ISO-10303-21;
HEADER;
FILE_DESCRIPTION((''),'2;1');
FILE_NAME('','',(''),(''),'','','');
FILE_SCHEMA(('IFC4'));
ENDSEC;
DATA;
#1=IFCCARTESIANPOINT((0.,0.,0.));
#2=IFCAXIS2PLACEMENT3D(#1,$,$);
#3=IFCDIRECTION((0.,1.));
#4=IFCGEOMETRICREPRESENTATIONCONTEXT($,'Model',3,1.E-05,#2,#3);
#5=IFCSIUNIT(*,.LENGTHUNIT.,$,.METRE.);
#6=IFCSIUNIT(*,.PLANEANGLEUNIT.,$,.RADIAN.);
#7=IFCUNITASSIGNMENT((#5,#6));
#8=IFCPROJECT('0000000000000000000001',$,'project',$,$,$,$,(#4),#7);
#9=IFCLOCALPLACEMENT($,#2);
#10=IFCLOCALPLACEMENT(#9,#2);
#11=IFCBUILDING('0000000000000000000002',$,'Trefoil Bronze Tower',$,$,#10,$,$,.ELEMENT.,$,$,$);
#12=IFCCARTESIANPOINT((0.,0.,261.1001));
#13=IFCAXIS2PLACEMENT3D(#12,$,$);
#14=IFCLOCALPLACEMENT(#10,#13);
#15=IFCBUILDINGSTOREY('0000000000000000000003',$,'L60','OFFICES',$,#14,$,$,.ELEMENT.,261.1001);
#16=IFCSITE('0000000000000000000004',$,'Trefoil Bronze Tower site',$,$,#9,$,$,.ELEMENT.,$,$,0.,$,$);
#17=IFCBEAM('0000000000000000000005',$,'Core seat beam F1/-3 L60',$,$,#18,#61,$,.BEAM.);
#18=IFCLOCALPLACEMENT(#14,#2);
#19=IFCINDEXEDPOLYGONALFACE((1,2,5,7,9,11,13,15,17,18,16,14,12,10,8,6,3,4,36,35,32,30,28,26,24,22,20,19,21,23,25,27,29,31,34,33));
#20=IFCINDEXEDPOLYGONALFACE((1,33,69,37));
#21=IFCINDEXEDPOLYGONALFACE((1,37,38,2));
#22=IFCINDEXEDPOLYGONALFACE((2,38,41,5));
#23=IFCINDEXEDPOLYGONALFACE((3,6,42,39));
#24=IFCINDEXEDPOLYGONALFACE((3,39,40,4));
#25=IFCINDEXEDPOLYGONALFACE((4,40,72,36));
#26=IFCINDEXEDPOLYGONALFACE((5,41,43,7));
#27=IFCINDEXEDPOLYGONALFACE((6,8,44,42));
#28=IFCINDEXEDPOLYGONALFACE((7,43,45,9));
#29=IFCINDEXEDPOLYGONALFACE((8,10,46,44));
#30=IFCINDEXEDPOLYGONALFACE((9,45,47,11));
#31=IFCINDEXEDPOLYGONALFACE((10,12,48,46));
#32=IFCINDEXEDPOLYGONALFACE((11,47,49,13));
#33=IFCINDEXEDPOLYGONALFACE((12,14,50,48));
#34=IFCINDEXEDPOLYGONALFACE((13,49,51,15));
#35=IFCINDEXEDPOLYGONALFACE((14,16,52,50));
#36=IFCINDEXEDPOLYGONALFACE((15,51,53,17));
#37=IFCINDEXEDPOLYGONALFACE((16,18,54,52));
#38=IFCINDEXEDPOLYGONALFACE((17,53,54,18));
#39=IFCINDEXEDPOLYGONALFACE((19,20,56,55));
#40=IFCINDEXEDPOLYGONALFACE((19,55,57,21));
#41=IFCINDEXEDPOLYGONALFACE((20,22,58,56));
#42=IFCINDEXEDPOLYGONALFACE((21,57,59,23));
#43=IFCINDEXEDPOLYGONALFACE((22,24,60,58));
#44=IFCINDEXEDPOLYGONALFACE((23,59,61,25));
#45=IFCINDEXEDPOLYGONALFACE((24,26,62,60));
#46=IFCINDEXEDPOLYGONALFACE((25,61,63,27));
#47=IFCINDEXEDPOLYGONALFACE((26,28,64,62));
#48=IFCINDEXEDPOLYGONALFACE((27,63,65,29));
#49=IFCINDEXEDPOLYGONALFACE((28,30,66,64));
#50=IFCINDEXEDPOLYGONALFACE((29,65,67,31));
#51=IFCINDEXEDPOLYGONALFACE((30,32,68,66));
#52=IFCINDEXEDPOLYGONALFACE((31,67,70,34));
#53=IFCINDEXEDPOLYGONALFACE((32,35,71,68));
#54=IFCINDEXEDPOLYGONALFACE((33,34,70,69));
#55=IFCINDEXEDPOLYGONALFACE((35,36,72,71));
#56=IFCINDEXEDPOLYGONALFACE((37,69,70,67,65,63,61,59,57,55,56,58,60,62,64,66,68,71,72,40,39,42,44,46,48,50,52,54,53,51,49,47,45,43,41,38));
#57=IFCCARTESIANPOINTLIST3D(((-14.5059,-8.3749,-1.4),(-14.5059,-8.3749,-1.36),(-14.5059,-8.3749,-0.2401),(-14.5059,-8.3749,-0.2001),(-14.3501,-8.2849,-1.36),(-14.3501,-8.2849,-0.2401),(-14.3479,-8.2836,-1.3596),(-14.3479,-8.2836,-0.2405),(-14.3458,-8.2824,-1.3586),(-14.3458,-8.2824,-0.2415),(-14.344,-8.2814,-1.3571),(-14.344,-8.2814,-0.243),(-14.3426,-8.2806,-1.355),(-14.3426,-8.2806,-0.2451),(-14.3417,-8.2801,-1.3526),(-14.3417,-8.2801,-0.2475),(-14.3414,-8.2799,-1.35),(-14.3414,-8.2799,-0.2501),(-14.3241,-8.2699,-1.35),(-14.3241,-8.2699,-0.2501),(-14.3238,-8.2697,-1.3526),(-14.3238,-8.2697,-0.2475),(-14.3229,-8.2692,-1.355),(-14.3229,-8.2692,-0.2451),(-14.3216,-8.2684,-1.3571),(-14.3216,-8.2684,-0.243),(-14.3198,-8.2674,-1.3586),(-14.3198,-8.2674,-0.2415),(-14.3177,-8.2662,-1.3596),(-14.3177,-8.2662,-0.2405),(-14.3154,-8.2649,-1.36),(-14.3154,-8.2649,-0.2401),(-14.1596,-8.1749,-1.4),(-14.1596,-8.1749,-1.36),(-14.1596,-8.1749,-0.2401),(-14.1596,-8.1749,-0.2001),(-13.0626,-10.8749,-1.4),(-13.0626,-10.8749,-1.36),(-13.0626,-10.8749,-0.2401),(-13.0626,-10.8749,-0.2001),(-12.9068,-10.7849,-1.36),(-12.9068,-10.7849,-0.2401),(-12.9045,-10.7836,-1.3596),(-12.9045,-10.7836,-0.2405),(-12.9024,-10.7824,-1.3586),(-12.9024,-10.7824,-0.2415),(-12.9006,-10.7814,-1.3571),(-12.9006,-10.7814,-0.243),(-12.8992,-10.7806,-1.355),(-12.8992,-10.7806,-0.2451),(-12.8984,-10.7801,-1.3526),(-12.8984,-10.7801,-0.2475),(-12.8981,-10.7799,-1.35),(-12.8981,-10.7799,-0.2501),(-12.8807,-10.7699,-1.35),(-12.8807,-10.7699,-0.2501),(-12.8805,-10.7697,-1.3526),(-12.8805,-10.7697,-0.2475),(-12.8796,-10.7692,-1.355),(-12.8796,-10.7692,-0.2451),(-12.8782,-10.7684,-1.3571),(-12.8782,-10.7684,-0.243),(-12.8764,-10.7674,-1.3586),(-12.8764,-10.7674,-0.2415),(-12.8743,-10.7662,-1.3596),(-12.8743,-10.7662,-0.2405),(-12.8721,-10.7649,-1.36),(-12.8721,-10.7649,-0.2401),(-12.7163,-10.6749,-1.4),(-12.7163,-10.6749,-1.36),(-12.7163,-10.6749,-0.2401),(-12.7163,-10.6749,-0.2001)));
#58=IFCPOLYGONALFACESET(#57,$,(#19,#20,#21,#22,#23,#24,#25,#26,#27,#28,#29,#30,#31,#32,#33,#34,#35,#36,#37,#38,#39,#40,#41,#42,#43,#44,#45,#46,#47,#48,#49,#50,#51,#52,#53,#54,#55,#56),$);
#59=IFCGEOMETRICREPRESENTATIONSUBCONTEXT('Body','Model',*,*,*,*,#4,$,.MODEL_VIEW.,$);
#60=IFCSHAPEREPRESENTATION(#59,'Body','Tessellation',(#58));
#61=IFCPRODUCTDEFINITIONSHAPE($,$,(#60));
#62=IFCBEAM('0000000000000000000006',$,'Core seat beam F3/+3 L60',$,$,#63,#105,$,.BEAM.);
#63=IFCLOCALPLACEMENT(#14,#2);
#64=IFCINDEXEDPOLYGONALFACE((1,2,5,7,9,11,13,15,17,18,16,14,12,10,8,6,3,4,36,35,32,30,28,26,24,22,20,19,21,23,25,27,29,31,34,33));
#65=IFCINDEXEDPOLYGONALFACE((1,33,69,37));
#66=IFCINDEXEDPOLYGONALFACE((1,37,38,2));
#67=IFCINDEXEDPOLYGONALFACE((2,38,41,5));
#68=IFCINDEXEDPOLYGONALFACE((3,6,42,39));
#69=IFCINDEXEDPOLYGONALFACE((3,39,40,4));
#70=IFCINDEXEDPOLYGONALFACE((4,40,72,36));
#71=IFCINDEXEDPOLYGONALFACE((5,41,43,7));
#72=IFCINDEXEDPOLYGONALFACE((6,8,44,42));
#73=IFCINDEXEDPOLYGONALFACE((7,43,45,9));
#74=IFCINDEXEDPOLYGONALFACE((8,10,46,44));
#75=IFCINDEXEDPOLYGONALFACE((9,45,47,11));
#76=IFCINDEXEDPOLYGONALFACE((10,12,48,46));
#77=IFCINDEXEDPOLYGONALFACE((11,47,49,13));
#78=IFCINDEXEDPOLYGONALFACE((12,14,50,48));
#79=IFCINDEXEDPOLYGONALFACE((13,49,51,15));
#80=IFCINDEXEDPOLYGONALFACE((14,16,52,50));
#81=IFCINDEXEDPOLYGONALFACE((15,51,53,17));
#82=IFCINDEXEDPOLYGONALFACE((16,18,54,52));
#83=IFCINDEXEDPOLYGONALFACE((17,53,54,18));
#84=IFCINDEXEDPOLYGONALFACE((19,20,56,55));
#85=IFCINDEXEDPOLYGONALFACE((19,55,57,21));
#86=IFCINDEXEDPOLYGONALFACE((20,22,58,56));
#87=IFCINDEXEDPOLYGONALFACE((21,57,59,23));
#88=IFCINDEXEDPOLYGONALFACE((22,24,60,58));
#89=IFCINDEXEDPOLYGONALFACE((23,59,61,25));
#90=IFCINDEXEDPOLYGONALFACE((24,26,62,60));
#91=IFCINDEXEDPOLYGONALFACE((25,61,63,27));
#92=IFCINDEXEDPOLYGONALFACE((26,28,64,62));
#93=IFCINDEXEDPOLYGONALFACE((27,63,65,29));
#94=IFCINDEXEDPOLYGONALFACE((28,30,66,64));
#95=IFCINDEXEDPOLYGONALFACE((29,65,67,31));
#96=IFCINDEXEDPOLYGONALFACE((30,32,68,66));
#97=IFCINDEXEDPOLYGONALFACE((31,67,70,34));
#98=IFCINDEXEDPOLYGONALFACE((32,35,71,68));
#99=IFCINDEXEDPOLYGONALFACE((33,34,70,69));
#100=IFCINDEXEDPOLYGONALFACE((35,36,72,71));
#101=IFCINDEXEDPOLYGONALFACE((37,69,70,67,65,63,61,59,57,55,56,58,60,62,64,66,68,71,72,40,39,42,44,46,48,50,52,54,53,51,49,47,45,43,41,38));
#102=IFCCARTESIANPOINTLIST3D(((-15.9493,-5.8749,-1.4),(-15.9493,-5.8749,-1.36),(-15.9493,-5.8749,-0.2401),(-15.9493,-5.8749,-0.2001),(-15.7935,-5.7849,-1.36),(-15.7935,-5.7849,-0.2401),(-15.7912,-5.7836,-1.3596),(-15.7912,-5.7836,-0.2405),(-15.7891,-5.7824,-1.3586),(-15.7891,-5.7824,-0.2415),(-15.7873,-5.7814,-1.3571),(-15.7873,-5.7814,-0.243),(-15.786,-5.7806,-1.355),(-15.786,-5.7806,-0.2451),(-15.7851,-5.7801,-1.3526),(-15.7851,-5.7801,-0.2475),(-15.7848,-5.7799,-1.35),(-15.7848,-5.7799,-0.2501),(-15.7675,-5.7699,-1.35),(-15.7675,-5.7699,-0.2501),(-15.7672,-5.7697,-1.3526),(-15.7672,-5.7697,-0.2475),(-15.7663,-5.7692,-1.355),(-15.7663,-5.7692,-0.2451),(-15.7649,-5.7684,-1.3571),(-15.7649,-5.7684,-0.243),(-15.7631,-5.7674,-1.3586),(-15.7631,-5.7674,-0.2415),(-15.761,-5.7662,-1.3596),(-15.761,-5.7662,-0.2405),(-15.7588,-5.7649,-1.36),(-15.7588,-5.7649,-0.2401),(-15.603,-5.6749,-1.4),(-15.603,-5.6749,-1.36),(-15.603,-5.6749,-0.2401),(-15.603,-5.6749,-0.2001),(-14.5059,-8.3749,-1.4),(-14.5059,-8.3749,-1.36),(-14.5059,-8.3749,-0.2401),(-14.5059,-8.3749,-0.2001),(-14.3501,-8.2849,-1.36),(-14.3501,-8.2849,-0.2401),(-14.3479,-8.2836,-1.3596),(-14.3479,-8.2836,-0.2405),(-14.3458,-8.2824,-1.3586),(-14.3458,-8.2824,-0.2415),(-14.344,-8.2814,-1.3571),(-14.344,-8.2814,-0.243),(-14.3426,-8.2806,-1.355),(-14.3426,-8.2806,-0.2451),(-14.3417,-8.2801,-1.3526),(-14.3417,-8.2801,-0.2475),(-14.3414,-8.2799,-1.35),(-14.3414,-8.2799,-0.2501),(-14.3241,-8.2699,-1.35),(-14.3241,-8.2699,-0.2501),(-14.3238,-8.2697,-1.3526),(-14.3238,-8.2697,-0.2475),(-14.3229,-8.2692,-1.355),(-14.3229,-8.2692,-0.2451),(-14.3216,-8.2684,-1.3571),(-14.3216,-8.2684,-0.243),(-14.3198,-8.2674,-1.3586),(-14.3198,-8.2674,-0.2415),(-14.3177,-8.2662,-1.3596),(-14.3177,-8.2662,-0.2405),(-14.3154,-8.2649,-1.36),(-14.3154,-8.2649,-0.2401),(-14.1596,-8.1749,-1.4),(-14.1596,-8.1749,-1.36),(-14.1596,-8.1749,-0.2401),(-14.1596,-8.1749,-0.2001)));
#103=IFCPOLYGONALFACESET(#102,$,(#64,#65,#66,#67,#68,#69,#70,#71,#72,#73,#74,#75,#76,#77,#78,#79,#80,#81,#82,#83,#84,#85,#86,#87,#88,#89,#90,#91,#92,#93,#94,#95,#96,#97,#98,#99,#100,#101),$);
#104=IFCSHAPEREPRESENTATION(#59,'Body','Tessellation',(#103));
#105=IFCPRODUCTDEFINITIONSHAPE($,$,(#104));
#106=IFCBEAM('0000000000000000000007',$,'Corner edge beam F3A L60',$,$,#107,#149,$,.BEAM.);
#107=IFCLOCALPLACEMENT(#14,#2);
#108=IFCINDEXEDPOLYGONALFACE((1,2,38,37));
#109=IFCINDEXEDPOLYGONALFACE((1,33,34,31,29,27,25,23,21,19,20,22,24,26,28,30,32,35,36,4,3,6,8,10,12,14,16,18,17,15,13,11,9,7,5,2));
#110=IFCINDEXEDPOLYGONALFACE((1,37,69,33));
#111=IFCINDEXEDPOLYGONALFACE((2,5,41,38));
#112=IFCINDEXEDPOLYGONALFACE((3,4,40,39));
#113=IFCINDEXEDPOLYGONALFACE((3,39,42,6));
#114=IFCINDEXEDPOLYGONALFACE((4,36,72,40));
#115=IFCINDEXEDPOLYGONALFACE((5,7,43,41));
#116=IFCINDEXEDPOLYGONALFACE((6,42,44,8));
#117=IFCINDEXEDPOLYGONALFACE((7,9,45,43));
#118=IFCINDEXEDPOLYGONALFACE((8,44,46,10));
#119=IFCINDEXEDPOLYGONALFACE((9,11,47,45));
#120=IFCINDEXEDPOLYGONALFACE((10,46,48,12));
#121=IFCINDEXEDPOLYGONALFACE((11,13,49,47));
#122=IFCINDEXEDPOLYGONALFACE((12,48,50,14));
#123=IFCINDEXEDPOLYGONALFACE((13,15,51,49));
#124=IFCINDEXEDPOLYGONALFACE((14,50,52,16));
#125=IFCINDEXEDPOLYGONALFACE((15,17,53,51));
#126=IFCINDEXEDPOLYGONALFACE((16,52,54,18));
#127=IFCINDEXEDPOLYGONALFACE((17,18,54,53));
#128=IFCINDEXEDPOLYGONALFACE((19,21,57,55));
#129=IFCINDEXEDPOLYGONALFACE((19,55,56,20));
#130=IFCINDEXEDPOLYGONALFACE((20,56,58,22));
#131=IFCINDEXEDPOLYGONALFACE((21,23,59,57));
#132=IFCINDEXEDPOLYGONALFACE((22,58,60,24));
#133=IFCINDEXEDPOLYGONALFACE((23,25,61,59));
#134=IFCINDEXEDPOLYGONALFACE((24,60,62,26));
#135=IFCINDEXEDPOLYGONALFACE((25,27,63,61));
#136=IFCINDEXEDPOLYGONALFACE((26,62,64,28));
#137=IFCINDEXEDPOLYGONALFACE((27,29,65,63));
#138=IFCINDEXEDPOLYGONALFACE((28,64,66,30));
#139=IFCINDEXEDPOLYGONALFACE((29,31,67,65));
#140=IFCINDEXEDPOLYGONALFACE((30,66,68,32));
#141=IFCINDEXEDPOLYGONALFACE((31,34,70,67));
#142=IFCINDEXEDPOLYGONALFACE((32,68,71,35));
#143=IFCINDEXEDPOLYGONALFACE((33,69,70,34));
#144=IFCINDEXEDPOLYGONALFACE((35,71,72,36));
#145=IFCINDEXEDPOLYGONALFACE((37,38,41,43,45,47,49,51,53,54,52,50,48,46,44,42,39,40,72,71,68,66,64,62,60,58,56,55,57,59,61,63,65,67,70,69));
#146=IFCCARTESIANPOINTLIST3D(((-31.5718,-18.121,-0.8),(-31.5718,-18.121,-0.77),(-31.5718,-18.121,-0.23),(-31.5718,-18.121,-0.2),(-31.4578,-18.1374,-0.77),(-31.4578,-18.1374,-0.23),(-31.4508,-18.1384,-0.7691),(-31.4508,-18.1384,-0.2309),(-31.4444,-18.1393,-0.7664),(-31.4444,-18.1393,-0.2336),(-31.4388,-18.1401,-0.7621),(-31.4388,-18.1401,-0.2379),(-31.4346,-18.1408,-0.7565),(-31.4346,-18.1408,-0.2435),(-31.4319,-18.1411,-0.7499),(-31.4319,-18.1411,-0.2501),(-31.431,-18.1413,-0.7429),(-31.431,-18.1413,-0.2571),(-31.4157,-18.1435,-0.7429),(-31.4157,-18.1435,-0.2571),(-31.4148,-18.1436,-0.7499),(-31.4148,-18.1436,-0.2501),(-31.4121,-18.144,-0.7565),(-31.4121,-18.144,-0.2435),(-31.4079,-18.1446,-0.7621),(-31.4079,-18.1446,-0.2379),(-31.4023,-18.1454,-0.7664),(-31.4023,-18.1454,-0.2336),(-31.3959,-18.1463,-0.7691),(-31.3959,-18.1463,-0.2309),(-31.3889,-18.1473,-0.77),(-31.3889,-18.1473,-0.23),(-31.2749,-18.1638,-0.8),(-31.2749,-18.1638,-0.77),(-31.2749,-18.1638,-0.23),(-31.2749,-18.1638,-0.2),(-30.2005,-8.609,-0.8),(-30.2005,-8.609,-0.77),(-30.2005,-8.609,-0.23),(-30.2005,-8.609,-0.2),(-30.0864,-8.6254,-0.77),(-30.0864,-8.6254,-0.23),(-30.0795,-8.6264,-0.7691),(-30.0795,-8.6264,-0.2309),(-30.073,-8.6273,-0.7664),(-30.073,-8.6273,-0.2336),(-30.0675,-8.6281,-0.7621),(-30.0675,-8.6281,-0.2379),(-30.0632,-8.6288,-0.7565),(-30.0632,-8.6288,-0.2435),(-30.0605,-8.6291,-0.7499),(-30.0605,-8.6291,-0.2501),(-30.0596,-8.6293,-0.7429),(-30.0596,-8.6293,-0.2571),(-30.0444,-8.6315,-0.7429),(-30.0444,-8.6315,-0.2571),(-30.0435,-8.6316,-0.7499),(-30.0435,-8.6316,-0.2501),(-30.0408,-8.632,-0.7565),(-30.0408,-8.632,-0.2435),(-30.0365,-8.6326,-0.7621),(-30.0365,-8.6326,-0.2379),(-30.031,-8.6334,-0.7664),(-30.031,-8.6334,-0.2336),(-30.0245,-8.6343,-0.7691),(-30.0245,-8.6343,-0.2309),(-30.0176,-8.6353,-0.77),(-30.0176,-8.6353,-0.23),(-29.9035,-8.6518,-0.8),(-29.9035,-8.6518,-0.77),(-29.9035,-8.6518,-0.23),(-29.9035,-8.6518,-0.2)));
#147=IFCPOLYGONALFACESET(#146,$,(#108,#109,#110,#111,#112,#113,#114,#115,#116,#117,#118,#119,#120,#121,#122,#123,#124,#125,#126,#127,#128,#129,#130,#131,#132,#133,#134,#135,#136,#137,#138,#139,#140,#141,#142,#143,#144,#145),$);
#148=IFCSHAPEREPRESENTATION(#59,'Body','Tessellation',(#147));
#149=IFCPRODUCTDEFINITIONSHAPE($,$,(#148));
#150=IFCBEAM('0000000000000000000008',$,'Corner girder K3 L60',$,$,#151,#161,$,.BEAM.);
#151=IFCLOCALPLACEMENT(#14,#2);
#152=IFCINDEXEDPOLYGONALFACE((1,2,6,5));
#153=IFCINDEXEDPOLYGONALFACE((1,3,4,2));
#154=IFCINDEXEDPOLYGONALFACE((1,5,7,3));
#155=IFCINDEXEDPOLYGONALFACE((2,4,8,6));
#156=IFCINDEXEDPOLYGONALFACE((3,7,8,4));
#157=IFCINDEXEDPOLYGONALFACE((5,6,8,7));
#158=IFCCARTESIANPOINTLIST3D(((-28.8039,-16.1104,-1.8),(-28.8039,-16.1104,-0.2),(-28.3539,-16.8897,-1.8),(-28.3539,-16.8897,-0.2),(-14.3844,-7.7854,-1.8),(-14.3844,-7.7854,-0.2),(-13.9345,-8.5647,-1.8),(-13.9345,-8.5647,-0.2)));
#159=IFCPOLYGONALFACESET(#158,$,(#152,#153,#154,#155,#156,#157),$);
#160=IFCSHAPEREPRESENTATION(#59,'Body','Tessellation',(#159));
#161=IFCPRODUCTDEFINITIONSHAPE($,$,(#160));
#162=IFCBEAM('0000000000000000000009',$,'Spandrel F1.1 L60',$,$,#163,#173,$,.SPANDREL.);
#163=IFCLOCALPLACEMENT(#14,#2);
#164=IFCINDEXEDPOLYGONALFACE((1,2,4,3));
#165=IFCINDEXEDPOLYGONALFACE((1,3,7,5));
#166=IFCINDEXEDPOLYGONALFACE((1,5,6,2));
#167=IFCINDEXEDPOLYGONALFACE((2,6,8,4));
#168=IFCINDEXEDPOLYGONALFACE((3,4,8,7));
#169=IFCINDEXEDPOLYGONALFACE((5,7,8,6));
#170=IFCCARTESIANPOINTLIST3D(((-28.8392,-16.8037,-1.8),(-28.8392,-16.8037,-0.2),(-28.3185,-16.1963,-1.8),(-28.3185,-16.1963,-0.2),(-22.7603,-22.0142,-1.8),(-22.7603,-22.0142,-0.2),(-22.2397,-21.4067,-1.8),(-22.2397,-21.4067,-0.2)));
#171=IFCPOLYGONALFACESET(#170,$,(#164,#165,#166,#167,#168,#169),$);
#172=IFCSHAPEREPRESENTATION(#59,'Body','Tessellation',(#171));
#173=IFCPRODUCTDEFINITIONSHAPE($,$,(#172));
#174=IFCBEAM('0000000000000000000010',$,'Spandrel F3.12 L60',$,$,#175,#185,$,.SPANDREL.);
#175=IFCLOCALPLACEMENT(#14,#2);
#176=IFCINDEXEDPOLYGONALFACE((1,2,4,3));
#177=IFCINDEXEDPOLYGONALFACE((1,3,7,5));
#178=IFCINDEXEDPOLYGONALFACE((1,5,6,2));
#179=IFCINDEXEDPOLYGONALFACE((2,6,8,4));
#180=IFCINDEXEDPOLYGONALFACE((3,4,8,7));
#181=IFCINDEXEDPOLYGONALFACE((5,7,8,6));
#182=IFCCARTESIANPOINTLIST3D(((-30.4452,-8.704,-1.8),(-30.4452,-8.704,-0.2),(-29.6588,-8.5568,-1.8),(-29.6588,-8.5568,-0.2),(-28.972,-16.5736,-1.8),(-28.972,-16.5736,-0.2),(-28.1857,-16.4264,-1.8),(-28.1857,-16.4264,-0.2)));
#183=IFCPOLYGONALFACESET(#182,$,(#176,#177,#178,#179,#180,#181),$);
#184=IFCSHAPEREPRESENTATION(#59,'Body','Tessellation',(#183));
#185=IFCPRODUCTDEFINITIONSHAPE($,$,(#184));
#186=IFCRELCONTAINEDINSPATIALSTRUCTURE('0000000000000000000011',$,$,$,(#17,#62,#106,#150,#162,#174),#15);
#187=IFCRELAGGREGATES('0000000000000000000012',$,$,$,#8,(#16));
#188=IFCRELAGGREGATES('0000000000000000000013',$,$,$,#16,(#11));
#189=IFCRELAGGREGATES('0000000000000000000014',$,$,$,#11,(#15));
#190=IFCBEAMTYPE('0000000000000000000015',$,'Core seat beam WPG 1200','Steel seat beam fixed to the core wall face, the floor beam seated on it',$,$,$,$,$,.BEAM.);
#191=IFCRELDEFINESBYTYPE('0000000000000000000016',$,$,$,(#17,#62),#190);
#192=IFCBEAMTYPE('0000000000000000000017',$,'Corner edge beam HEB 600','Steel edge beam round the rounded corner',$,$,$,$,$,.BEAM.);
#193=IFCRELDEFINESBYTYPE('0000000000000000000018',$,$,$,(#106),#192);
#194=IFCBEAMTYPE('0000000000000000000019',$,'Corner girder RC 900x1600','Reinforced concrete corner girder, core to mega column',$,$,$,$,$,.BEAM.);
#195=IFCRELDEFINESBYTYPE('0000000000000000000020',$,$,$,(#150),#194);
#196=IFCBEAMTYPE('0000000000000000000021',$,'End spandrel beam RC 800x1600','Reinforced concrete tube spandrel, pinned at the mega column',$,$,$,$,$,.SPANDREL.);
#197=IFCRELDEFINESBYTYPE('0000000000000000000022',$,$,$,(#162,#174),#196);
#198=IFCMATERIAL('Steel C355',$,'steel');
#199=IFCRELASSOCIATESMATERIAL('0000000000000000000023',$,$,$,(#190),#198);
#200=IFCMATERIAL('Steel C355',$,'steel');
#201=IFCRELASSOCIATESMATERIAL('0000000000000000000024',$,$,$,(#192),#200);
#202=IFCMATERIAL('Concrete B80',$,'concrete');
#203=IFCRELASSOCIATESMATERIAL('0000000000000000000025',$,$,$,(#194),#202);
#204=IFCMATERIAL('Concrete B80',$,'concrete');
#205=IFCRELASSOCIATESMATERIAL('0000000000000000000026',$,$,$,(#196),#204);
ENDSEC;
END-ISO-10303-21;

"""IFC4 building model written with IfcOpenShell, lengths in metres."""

from ifc_helpers import new_model, si_unit, direction, frame, origin, origin_2d, place, context, subcontext, project, spatial, rectangle, i_section, extrude, material, material_profile, profile_set, type_object, element, save


model = new_model("IFC4")

# Units and contexts
model_context = context("Model", 3, precision=1e-05, world=origin(), true_north=direction((0.0, 1.0)))
body_context = subcontext(model_context, "Body", "Model", "MODEL_VIEW")
ifc_project = project(units=[si_unit("LENGTHUNIT", "METRE"), si_unit("PLANEANGLEUNIT", "RADIAN")], contexts=[model_context])

# Site, building, storey
site_placement = place(None, origin())
site = spatial("IfcSite", under=ifc_project, at=site_placement, Name="Trefoil Bronze Tower site", CompositionType="ELEMENT", RefElevation=0.0)
building_placement = place(site_placement, origin())
building = spatial("IfcBuilding", under=site, at=building_placement, Name="Trefoil Bronze Tower", CompositionType="ELEMENT")
storey_placement = place(building_placement, frame((0.0, 0.0, 261.1001)))
storey = spatial("IfcBuildingStorey", under=building, at=storey_placement, Name="L60", Description="OFFICES", CompositionType="ELEMENT", Elevation=261.1001)

# Beams
ifc_material_1 = material(Name="Steel C355", Category="steel")
ifc_material_profile_1 = material_profile(ifc_material_1, i_section(OverallWidth=0.3999, OverallDepth=1.2, WebThickness=0.02, FlangeThickness=0.04, FilletRadius=0.01, at=origin_2d()), Name="WPG 1200")
ifc_profile_set_1 = profile_set([ifc_material_profile_1], Name="Steel C355")
beam_type_1 = type_object("IfcBeamType", Name="Core seat beam WPG 1200", Description="Steel seat beam fixed to the core wall face, the floor beam seated on it", PredefinedType="BEAM", material=ifc_profile_set_1)
for number, where, z_axis, x_axis, name in (
    (1, (-14.3328, -8.2749, -0.8), (0.499996, -0.866028, 0.0), (0.866028, 0.499996, 0.0), "Core seat beam F1/-3 L60"),
    (2, (-15.7761, -5.7749, -0.8), (0.499996, -0.866028, 0.0), (0.866028, 0.499996, 0.0), "Core seat beam F3/+3 L60"),
):
    element("IfcBeam", number, at=place(storey_placement, frame(where, z_axis=z_axis, x_axis=x_axis)), inside=storey, type_object=beam_type_1, Name=name, PredefinedType="BEAM", context=body_context, shape_type="SweptSolid", body=[
        extrude(i_section(OverallWidth=0.3999, OverallDepth=1.2, WebThickness=0.02, FlangeThickness=0.04, FilletRadius=0.01, at=origin_2d()), origin(), (0.0, 0.0, 1.0), 2.8867),
    ])
ifc_material_2 = material(Name="Steel C355", Category="steel")
ifc_material_profile_2 = material_profile(ifc_material_2, i_section(OverallWidth=0.3, OverallDepth=0.6001, WebThickness=0.0154, FlangeThickness=0.03, FilletRadius=0.0271, at=origin_2d()), Name="HEB 600")
ifc_profile_set_2 = profile_set([ifc_material_profile_2], Name="Steel C355")
beam_type_2 = type_object("IfcBeamType", Name="Corner edge beam HEB 600", Description="Steel edge beam round the rounded corner", PredefinedType="BEAM", material=ifc_profile_set_2)
beam_1_placement = place(storey_placement, frame((-30.052, -8.6304, -0.5), z_axis=(-0.142694, -0.989767, 0.0), x_axis=(0.989767, -0.142694, 0.0)))
element("IfcBeam", 3, at=beam_1_placement, inside=storey, type_object=beam_type_2, Name="Corner edge beam F3A L60", PredefinedType="BEAM", context=body_context, shape_type="SweptSolid", body=[
    extrude(i_section(OverallWidth=0.3, OverallDepth=0.6001, WebThickness=0.0154, FlangeThickness=0.03, FilletRadius=0.0271, at=origin_2d()), origin(), (0.0, 0.0, 1.0), 9.6104),
])
ifc_material_3 = material(Name="Concrete B80", Category="concrete")
ifc_material_profile_3 = material_profile(ifc_material_3, rectangle(XDim=0.8999, YDim=1.6001, at=origin_2d()), Name="RC 900x1600")
ifc_profile_set_3 = profile_set([ifc_material_profile_3], Name="Concrete B80")
beam_type_3 = type_object("IfcBeamType", Name="Corner girder RC 900x1600", Description="Reinforced concrete corner girder, core to mega column", PredefinedType="BEAM", material=ifc_profile_set_3)
beam_2_placement = place(storey_placement, frame((-14.1594, -8.175, -1.0), z_axis=(-0.866028, -0.499995, 0.0), x_axis=(0.499995, -0.866028, 0.0)))
element("IfcBeam", 4, at=beam_2_placement, inside=storey, type_object=beam_type_3, Name="Corner girder K3 L60", PredefinedType="BEAM", context=body_context, shape_type="SweptSolid", body=[
    extrude(rectangle(XDim=0.8999, YDim=1.6001, at=origin_2d()), origin(), (0.0, 0.0, 1.0), 16.6501),
])
ifc_material_4 = material(Name="Concrete B80", Category="concrete")
ifc_material_profile_4 = material_profile(ifc_material_4, rectangle(XDim=0.8, YDim=1.6001, at=origin_2d()), Name="RC 800x1600")
ifc_profile_set_4 = profile_set([ifc_material_profile_4], Name="Concrete B80")
beam_type_4 = type_object("IfcBeamType", Name="End spandrel beam RC 800x1600", Description="Reinforced concrete tube spandrel, pinned at the mega column", PredefinedType="SPANDREL", material=ifc_profile_set_4)
for number, where, z_axis, x_axis, name in (
    (5, (-28.5789, -16.5, -1.0), (0.759257, -0.650791, 0.0), (0.650791, 0.759257, 0.0), "Spandrel F1.1 L60"),
    (6, (-30.052, -8.6304, -1.0), (0.183998, -0.982927, 0.0), (0.982927, 0.183998, 0.0), "Spandrel F3.12 L60"),
):
    element("IfcBeam", number, at=place(storey_placement, frame(where, z_axis=z_axis, x_axis=x_axis)), inside=storey, type_object=beam_type_4, Name=name, PredefinedType="SPANDREL", context=body_context, shape_type="SweptSolid", body=[
        extrude(rectangle(XDim=0.8, YDim=1.6001, at=origin_2d()), origin(), (0.0, 0.0, 1.0), 8.0063),
    ])

save(model, "model.ifc")
